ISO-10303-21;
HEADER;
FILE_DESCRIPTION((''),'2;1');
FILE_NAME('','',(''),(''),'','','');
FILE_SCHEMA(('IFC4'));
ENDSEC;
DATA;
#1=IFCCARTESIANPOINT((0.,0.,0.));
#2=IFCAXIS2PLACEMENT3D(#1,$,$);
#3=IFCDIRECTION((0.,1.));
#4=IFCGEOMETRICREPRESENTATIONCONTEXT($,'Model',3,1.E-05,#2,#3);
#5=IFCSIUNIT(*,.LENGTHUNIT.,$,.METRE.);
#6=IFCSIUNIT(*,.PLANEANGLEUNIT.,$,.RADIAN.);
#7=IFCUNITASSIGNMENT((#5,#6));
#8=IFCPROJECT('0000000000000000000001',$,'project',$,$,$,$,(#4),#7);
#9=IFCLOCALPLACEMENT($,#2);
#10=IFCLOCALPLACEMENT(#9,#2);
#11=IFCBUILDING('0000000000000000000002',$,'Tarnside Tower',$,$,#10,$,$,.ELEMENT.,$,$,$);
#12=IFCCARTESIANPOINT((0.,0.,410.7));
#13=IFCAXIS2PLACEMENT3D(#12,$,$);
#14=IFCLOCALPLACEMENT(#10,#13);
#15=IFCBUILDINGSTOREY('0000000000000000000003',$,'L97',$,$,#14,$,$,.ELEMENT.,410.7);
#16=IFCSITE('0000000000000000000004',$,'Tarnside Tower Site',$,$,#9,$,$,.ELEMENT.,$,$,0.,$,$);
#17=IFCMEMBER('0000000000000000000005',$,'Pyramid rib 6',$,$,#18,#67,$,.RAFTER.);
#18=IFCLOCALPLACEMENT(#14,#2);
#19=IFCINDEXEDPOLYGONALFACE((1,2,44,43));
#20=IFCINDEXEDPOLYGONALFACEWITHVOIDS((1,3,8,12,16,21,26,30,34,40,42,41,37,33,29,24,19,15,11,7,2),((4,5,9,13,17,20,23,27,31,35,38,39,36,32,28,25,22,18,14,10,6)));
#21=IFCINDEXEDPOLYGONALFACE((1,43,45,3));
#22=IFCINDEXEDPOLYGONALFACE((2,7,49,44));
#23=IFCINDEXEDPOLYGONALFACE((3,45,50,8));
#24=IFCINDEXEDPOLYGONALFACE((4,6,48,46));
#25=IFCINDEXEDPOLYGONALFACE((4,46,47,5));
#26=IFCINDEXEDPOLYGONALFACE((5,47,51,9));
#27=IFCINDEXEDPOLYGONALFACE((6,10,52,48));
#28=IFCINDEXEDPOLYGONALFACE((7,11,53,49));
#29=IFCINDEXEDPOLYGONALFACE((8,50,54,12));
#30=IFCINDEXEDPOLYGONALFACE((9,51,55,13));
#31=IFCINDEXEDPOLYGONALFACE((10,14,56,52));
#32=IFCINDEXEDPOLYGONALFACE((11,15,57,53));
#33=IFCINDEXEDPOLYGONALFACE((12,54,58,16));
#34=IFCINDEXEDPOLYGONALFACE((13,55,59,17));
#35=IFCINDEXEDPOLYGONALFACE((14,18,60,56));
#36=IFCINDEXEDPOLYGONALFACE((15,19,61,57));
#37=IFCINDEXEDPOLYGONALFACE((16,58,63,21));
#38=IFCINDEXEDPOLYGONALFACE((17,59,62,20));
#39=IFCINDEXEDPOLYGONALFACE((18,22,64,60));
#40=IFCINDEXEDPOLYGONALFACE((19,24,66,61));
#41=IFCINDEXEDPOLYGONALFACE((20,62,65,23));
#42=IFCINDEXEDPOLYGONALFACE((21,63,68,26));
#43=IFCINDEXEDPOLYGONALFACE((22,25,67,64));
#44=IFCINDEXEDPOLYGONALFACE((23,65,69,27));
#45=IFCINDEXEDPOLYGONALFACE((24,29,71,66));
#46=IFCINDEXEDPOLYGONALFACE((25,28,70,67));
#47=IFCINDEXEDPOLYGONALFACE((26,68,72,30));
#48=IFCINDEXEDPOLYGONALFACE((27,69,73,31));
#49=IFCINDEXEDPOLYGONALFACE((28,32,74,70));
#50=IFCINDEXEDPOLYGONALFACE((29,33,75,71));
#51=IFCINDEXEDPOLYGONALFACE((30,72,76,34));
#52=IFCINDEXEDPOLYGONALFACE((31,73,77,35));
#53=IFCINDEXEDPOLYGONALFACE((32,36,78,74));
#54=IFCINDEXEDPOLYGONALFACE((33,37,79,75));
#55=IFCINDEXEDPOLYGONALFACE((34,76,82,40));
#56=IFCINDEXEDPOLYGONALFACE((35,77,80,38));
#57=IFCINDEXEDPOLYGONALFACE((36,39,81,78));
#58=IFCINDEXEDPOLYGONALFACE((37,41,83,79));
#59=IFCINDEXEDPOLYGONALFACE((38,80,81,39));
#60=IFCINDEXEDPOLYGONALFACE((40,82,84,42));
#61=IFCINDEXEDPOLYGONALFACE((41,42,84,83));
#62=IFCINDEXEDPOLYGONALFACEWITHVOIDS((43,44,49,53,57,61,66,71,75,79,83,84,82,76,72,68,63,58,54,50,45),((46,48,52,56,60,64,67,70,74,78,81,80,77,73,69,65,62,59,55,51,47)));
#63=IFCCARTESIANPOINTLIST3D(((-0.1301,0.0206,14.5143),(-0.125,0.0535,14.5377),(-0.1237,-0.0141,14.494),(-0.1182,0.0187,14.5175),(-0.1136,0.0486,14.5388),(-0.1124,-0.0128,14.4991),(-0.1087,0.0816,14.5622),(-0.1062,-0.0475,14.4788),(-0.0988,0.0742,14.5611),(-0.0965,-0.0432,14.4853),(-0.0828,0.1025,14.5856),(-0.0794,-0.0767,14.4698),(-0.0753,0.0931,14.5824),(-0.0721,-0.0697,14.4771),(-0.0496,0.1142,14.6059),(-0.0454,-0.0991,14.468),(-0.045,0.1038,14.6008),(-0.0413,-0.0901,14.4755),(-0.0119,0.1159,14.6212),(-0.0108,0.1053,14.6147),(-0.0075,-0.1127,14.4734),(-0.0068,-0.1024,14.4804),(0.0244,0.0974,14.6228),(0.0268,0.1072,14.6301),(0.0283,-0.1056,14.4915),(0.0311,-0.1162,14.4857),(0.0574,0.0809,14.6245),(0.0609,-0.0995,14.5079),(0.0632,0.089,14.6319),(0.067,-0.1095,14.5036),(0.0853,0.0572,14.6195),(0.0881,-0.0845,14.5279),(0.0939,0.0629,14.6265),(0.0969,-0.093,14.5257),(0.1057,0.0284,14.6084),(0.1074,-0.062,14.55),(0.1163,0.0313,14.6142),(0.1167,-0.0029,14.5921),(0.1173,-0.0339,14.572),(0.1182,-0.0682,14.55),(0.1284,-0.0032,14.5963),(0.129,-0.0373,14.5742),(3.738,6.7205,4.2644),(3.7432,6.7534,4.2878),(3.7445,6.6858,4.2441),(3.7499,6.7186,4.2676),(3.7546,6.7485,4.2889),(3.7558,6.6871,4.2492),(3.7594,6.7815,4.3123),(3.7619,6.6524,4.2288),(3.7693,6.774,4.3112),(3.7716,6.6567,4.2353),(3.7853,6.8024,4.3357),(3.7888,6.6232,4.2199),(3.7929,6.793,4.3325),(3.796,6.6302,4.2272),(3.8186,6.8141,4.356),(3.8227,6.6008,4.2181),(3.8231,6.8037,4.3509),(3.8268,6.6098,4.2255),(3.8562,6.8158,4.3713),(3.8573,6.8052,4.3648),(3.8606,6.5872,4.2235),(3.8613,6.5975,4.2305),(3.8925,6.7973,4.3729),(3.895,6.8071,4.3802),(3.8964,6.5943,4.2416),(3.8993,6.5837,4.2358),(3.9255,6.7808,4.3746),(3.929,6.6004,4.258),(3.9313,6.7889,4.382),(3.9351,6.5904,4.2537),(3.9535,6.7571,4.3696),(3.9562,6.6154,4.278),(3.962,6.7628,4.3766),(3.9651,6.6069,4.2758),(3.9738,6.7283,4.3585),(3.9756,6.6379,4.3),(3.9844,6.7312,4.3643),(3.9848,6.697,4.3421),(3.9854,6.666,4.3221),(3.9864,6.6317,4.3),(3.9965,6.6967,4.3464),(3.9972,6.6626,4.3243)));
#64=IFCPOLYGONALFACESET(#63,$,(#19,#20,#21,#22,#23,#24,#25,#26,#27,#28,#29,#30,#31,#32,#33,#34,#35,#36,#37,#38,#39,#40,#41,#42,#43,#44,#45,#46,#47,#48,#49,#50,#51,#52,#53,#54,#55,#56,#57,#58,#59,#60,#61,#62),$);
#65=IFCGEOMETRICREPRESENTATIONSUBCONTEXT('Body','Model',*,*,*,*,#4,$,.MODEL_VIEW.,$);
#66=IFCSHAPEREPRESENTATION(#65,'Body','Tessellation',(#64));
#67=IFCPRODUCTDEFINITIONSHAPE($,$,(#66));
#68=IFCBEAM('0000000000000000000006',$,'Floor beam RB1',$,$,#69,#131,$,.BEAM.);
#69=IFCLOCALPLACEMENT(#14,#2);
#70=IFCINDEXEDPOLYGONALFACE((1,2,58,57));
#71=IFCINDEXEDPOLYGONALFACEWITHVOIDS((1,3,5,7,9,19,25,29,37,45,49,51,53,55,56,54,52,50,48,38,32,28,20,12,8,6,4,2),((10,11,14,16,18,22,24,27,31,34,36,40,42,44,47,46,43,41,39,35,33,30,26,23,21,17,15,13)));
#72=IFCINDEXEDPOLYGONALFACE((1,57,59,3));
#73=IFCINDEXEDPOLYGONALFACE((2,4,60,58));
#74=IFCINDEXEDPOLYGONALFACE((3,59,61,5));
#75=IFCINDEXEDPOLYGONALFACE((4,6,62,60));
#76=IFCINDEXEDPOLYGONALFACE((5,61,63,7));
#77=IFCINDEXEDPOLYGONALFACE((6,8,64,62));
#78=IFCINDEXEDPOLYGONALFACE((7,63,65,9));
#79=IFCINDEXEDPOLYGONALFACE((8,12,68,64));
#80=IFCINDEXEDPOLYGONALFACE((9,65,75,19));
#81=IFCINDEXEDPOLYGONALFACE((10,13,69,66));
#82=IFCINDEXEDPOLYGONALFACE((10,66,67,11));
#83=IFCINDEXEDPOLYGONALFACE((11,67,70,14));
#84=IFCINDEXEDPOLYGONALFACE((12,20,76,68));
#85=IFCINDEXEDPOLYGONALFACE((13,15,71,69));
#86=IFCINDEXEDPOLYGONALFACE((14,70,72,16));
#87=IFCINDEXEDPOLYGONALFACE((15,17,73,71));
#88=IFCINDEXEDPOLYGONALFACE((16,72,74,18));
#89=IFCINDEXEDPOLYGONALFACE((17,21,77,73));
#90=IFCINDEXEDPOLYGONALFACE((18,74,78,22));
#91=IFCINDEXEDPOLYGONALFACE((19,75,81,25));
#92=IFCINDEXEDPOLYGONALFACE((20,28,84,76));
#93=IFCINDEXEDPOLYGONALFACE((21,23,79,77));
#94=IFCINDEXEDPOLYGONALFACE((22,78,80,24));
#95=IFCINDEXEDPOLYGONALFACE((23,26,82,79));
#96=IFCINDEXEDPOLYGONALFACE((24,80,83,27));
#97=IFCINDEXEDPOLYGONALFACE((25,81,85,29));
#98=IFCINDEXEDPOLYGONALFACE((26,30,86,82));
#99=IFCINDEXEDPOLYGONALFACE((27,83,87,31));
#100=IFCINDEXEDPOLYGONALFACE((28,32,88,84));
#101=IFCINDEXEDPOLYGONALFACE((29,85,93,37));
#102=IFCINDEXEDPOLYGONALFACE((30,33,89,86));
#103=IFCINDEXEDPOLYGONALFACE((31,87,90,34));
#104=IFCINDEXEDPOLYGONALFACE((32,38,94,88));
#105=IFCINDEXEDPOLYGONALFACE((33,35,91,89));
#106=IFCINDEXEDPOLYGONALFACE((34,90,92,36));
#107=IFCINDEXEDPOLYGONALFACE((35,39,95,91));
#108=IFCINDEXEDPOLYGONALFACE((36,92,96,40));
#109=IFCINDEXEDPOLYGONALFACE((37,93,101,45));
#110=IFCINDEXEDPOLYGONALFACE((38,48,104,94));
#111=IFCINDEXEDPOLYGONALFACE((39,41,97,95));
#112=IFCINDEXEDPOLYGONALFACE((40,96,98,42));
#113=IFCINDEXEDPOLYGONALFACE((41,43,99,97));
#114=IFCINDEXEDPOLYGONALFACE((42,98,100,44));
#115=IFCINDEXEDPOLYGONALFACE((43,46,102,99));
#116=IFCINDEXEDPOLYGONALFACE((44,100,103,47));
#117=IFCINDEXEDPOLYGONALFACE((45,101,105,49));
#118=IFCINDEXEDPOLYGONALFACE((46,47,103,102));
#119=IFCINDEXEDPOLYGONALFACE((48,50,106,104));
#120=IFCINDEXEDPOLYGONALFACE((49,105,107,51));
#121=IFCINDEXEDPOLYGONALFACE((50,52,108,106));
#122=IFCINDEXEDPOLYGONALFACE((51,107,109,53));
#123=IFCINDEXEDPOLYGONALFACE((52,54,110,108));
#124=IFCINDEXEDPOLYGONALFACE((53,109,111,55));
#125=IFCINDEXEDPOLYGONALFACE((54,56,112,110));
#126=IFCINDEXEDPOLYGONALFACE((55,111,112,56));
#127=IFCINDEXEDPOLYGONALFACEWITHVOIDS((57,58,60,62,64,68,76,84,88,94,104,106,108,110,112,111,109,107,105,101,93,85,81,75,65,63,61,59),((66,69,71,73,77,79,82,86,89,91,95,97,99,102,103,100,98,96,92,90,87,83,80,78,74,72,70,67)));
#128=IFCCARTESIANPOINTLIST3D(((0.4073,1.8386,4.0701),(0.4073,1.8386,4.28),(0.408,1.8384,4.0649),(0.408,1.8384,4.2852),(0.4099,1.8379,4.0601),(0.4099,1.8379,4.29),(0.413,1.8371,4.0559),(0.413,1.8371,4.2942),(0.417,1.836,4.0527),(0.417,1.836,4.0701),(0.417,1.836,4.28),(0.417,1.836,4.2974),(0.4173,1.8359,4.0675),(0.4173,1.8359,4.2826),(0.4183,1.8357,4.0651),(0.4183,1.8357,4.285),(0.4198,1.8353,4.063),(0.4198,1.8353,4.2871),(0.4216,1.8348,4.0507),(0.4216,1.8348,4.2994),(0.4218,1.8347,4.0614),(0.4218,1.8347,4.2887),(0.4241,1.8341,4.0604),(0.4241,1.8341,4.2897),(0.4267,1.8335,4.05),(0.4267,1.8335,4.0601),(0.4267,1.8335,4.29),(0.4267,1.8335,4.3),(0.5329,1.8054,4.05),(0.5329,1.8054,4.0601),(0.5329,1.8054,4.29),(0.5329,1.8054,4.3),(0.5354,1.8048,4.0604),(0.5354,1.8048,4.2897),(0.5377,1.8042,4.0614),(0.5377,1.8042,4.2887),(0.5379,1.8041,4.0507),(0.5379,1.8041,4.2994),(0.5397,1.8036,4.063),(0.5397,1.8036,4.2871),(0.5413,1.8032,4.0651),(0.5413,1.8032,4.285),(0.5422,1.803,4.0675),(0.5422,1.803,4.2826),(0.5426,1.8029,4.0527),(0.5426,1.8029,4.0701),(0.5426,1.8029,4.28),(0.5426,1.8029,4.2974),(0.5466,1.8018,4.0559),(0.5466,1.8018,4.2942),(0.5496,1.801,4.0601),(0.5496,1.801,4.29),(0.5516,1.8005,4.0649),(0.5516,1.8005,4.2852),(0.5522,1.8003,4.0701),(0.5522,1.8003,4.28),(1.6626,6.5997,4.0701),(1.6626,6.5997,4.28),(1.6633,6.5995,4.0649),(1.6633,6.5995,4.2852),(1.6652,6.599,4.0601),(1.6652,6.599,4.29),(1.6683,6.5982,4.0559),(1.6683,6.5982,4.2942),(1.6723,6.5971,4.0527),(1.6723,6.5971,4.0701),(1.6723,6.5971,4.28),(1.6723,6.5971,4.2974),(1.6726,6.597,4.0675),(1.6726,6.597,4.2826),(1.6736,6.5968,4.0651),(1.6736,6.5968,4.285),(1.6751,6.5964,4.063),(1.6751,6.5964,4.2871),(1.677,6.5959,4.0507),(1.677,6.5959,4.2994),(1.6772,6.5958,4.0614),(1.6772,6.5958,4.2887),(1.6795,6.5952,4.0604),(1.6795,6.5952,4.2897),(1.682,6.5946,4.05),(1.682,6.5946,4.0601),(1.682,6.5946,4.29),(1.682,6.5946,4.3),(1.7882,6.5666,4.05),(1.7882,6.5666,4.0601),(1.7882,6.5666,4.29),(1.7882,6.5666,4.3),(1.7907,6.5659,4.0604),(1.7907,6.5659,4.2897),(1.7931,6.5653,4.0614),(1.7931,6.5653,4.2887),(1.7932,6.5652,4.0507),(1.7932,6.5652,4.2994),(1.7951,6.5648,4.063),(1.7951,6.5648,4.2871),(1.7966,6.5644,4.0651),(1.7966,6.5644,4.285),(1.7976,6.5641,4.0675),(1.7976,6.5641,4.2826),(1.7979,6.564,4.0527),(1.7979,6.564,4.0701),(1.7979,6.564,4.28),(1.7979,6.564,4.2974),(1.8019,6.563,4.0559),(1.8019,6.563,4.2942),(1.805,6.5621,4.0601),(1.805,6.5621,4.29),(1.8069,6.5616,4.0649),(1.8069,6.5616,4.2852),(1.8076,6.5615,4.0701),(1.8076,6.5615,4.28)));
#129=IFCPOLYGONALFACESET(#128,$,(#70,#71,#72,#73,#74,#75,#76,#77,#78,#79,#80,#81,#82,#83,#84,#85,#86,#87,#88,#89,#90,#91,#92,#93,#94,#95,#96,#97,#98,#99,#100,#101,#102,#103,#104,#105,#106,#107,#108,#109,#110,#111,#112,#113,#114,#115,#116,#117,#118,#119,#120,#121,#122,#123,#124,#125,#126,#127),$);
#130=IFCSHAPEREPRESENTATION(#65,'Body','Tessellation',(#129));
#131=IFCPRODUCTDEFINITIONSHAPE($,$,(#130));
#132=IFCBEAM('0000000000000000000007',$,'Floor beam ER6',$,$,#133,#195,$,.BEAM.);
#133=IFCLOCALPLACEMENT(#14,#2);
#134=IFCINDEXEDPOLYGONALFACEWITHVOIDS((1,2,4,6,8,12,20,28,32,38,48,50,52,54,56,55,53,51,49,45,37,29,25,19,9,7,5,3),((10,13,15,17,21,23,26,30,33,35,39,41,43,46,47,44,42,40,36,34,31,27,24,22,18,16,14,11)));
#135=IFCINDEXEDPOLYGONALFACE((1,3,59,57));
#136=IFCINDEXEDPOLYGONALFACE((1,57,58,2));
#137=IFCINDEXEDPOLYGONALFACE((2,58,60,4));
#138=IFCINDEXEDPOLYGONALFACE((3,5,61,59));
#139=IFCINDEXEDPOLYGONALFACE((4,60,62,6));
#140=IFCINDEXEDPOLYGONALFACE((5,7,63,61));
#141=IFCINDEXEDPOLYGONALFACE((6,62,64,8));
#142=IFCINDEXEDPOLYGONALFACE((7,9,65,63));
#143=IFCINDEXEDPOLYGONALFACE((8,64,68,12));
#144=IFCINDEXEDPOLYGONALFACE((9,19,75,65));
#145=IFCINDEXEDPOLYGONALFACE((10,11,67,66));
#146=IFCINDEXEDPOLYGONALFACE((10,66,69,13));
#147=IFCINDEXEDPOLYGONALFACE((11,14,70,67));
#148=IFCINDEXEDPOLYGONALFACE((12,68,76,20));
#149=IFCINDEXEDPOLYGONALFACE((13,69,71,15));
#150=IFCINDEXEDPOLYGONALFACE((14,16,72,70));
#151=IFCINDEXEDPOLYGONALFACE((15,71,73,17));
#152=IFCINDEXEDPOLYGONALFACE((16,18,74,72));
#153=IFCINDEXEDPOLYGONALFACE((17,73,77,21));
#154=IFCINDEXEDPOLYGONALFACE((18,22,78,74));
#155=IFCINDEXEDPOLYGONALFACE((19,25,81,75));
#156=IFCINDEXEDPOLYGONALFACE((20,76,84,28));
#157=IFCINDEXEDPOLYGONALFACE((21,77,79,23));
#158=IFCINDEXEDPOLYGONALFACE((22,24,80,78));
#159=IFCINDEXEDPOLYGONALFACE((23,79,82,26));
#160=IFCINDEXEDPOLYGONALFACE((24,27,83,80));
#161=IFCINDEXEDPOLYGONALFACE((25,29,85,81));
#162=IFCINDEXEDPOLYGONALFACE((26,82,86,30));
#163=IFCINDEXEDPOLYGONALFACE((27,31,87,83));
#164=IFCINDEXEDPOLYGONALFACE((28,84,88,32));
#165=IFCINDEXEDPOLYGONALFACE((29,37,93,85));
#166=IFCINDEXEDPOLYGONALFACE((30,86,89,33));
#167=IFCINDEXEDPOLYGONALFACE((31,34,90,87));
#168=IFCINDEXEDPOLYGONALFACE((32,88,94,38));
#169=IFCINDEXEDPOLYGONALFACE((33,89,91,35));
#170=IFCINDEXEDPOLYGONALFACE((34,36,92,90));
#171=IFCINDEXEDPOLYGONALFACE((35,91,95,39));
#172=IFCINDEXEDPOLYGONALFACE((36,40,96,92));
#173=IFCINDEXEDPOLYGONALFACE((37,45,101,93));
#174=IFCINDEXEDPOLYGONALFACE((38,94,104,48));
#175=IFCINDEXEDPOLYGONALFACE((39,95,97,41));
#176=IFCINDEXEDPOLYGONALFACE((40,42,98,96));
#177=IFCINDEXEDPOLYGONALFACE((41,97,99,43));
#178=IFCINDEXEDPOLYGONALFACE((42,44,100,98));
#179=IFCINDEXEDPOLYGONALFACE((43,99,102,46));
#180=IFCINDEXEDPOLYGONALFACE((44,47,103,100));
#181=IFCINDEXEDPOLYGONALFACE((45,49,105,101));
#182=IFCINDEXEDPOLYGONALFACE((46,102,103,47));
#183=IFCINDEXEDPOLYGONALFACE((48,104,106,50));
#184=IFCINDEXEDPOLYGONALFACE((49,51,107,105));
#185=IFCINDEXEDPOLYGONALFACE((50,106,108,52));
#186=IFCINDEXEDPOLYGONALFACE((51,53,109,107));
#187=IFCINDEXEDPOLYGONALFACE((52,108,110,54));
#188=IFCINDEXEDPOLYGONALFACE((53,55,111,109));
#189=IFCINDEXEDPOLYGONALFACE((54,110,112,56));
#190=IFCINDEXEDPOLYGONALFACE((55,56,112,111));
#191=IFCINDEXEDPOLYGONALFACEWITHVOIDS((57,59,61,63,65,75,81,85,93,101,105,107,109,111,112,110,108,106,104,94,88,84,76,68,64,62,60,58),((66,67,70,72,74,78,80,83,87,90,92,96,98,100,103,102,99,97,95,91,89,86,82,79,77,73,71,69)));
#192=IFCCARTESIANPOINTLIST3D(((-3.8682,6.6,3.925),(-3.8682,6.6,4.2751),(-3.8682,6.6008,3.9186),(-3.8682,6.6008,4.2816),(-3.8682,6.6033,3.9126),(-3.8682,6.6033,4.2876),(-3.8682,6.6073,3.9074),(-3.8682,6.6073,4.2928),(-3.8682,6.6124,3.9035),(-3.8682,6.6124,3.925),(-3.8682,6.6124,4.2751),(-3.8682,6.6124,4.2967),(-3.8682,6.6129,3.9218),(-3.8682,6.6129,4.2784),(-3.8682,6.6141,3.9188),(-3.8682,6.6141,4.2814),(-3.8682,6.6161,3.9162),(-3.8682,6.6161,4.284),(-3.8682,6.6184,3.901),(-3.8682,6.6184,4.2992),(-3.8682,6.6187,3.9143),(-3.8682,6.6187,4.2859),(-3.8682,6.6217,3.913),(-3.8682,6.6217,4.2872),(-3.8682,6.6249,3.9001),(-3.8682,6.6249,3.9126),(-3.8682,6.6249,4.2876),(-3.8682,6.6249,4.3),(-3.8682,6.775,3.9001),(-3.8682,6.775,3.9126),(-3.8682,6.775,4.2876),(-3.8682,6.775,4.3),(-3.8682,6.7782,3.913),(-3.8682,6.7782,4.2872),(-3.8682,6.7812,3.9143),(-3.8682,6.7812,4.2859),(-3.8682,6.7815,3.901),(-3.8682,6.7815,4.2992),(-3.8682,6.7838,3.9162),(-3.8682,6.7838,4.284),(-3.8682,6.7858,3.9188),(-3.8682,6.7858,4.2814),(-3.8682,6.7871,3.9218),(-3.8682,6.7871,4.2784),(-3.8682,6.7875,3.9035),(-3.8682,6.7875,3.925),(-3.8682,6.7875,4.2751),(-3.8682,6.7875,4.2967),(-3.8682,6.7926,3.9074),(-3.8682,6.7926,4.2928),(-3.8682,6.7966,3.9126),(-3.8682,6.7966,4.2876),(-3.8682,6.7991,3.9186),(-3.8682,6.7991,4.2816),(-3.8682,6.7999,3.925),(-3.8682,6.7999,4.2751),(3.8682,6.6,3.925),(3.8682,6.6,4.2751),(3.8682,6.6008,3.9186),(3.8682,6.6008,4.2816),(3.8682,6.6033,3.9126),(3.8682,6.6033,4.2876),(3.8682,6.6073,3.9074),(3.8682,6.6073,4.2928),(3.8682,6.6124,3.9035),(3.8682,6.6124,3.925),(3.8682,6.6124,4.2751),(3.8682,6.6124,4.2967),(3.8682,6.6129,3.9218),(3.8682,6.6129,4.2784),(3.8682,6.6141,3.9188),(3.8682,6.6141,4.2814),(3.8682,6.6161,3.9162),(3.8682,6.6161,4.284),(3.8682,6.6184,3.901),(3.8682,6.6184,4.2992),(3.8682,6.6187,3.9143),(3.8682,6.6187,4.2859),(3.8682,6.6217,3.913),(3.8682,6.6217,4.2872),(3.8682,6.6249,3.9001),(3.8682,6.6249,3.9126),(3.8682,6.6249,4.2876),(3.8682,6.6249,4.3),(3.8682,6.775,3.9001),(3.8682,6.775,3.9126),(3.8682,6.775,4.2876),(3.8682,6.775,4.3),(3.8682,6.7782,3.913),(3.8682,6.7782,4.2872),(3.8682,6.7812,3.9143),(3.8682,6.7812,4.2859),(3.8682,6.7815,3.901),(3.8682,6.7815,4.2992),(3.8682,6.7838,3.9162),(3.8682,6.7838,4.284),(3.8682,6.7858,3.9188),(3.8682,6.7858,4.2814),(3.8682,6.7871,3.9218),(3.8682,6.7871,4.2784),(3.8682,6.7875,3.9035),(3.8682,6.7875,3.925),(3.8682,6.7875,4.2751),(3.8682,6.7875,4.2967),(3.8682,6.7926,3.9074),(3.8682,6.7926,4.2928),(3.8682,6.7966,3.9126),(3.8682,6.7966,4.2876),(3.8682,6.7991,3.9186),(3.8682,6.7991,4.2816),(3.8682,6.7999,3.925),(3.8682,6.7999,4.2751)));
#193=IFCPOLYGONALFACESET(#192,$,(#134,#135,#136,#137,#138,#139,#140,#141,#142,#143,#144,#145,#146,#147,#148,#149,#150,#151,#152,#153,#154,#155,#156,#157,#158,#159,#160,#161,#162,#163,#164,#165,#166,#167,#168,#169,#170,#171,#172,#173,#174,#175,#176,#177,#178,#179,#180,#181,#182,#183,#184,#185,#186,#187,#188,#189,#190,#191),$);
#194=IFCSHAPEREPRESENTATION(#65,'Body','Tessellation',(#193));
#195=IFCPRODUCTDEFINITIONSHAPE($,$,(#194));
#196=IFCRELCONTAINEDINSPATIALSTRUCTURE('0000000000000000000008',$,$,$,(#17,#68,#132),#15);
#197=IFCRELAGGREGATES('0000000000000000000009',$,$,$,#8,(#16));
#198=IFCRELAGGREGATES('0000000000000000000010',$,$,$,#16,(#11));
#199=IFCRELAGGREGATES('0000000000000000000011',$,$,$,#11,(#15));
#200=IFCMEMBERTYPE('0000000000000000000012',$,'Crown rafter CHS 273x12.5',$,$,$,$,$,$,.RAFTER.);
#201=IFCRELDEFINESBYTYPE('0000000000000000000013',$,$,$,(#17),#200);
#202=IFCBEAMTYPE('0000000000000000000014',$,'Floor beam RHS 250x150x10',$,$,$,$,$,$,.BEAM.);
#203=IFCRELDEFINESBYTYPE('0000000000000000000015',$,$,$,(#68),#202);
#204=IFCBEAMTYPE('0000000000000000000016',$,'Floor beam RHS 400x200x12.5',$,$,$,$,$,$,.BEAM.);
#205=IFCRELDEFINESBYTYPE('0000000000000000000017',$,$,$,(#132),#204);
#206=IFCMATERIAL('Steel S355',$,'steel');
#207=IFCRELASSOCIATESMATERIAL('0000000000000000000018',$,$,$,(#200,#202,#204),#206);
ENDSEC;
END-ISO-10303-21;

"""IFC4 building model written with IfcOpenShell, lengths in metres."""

from ifc_helpers import new_model, si_unit, direction, frame, origin, origin_2d, place, context, subcontext, project, spatial, hollow_rectangle, hollow_circle, extrude, material, material_profile, profile_set, type_object, element, save


model = new_model("IFC4")

# Units and contexts
model_context = context("Model", 3, precision=1e-05, world=origin(), true_north=direction((0.0, 1.0)))
body_context = subcontext(model_context, "Body", "Model", "MODEL_VIEW")
ifc_project = project(units=[si_unit("LENGTHUNIT", "METRE"), si_unit("PLANEANGLEUNIT", "RADIAN")], contexts=[model_context])

# Site, building, storey
site_placement = place(None, origin())
site = spatial("IfcSite", under=ifc_project, at=site_placement, Name="Tarnside Tower Site", CompositionType="ELEMENT", RefElevation=0.0)
building_placement = place(site_placement, origin())
building = spatial("IfcBuilding", under=site, at=building_placement, Name="Tarnside Tower", CompositionType="ELEMENT")
storey_placement = place(building_placement, frame((0.0, 0.0, 410.7)))
storey = spatial("IfcBuildingStorey", under=building, at=storey_placement, Name="L97", CompositionType="ELEMENT", Elevation=410.7)

# Member
ifc_material_1 = material(Name="Steel S355", Category="steel")
ifc_material_profile_1 = material_profile(ifc_material_1, hollow_circle(Radius=0.1365, WallThickness=0.0125, at=origin_2d()), Name="CHS 273x12.5")
ifc_profile_set_1 = profile_set([ifc_material_profile_1], Name="Steel S355")
member_type_1 = type_object("IfcMemberType", Name="Crown rafter CHS 273x12.5", PredefinedType="RAFTER", material=ifc_profile_set_1)
member_1_placement = place(storey_placement, frame((3.8682, 6.7, 4.3), z_axis=(-0.301214, -0.521726, 0.798168), x_axis=(0.866028, -0.499995, 0.0)))
element("IfcMember", 1, at=member_1_placement, inside=storey, type_object=member_type_1, Name="Pyramid rib 6", PredefinedType="RAFTER", context=body_context, shape_type="SweptSolid", body=[
    extrude(hollow_circle(Radius=0.1365, WallThickness=0.0125, at=origin_2d()), origin(), (0.0, 0.0, 1.0), 12.8418),
])

# Beams
ifc_material_profile_2 = material_profile(ifc_material_1, hollow_rectangle(XDim=0.1499, YDim=0.25, WallThickness=0.01, InnerFilletRadius=0.01, OuterFilletRadius=0.02, at=origin_2d()), Name="RHS 250x150x10")
ifc_profile_set_2 = profile_set([ifc_material_profile_2], Name="Steel S355")
beam_type_1 = type_object("IfcBeamType", Name="Floor beam RHS 250x150x10", PredefinedType="BEAM", material=ifc_profile_set_2)
beam_1_placement = place(storey_placement, frame((1.7351, 6.5806, 4.175), z_axis=(-0.254952, -0.966954, 0.0), x_axis=(0.966954, -0.254952, 0.0)))
element("IfcBeam", 2, at=beam_1_placement, inside=storey, type_object=beam_type_1, Name="Floor beam RB1", PredefinedType="BEAM", context=body_context, shape_type="SweptSolid", body=[
    extrude(hollow_rectangle(XDim=0.1499, YDim=0.25, WallThickness=0.01, InnerFilletRadius=0.01, OuterFilletRadius=0.02, at=origin_2d()), origin(), (0.0, 0.0, 1.0), 4.9238),
])
ifc_material_profile_3 = material_profile(ifc_material_1, hollow_rectangle(XDim=0.2, YDim=0.3999, WallThickness=0.0125, InnerFilletRadius=0.0125, OuterFilletRadius=0.0249, at=origin_2d()), Name="RHS 400x200x12.5")
ifc_profile_set_3 = profile_set([ifc_material_profile_3], Name="Steel S355")
beam_type_2 = type_object("IfcBeamType", Name="Floor beam RHS 400x200x12.5", PredefinedType="BEAM", material=ifc_profile_set_3)
beam_2_placement = place(storey_placement, frame((3.8682, 6.7, 4.1001), z_axis=(-1.0, 0.0, 0.0), x_axis=(0.0, -1.0, 0.0)))
element("IfcBeam", 3, at=beam_2_placement, inside=storey, type_object=beam_type_2, Name="Floor beam ER6", PredefinedType="BEAM", context=body_context, shape_type="SweptSolid", body=[
    extrude(hollow_rectangle(XDim=0.2, YDim=0.3999, WallThickness=0.0125, InnerFilletRadius=0.0125, OuterFilletRadius=0.0249, at=origin_2d()), origin(), (0.0, 0.0, 1.0), 7.7363),
])

save(model, "model.ifc")
